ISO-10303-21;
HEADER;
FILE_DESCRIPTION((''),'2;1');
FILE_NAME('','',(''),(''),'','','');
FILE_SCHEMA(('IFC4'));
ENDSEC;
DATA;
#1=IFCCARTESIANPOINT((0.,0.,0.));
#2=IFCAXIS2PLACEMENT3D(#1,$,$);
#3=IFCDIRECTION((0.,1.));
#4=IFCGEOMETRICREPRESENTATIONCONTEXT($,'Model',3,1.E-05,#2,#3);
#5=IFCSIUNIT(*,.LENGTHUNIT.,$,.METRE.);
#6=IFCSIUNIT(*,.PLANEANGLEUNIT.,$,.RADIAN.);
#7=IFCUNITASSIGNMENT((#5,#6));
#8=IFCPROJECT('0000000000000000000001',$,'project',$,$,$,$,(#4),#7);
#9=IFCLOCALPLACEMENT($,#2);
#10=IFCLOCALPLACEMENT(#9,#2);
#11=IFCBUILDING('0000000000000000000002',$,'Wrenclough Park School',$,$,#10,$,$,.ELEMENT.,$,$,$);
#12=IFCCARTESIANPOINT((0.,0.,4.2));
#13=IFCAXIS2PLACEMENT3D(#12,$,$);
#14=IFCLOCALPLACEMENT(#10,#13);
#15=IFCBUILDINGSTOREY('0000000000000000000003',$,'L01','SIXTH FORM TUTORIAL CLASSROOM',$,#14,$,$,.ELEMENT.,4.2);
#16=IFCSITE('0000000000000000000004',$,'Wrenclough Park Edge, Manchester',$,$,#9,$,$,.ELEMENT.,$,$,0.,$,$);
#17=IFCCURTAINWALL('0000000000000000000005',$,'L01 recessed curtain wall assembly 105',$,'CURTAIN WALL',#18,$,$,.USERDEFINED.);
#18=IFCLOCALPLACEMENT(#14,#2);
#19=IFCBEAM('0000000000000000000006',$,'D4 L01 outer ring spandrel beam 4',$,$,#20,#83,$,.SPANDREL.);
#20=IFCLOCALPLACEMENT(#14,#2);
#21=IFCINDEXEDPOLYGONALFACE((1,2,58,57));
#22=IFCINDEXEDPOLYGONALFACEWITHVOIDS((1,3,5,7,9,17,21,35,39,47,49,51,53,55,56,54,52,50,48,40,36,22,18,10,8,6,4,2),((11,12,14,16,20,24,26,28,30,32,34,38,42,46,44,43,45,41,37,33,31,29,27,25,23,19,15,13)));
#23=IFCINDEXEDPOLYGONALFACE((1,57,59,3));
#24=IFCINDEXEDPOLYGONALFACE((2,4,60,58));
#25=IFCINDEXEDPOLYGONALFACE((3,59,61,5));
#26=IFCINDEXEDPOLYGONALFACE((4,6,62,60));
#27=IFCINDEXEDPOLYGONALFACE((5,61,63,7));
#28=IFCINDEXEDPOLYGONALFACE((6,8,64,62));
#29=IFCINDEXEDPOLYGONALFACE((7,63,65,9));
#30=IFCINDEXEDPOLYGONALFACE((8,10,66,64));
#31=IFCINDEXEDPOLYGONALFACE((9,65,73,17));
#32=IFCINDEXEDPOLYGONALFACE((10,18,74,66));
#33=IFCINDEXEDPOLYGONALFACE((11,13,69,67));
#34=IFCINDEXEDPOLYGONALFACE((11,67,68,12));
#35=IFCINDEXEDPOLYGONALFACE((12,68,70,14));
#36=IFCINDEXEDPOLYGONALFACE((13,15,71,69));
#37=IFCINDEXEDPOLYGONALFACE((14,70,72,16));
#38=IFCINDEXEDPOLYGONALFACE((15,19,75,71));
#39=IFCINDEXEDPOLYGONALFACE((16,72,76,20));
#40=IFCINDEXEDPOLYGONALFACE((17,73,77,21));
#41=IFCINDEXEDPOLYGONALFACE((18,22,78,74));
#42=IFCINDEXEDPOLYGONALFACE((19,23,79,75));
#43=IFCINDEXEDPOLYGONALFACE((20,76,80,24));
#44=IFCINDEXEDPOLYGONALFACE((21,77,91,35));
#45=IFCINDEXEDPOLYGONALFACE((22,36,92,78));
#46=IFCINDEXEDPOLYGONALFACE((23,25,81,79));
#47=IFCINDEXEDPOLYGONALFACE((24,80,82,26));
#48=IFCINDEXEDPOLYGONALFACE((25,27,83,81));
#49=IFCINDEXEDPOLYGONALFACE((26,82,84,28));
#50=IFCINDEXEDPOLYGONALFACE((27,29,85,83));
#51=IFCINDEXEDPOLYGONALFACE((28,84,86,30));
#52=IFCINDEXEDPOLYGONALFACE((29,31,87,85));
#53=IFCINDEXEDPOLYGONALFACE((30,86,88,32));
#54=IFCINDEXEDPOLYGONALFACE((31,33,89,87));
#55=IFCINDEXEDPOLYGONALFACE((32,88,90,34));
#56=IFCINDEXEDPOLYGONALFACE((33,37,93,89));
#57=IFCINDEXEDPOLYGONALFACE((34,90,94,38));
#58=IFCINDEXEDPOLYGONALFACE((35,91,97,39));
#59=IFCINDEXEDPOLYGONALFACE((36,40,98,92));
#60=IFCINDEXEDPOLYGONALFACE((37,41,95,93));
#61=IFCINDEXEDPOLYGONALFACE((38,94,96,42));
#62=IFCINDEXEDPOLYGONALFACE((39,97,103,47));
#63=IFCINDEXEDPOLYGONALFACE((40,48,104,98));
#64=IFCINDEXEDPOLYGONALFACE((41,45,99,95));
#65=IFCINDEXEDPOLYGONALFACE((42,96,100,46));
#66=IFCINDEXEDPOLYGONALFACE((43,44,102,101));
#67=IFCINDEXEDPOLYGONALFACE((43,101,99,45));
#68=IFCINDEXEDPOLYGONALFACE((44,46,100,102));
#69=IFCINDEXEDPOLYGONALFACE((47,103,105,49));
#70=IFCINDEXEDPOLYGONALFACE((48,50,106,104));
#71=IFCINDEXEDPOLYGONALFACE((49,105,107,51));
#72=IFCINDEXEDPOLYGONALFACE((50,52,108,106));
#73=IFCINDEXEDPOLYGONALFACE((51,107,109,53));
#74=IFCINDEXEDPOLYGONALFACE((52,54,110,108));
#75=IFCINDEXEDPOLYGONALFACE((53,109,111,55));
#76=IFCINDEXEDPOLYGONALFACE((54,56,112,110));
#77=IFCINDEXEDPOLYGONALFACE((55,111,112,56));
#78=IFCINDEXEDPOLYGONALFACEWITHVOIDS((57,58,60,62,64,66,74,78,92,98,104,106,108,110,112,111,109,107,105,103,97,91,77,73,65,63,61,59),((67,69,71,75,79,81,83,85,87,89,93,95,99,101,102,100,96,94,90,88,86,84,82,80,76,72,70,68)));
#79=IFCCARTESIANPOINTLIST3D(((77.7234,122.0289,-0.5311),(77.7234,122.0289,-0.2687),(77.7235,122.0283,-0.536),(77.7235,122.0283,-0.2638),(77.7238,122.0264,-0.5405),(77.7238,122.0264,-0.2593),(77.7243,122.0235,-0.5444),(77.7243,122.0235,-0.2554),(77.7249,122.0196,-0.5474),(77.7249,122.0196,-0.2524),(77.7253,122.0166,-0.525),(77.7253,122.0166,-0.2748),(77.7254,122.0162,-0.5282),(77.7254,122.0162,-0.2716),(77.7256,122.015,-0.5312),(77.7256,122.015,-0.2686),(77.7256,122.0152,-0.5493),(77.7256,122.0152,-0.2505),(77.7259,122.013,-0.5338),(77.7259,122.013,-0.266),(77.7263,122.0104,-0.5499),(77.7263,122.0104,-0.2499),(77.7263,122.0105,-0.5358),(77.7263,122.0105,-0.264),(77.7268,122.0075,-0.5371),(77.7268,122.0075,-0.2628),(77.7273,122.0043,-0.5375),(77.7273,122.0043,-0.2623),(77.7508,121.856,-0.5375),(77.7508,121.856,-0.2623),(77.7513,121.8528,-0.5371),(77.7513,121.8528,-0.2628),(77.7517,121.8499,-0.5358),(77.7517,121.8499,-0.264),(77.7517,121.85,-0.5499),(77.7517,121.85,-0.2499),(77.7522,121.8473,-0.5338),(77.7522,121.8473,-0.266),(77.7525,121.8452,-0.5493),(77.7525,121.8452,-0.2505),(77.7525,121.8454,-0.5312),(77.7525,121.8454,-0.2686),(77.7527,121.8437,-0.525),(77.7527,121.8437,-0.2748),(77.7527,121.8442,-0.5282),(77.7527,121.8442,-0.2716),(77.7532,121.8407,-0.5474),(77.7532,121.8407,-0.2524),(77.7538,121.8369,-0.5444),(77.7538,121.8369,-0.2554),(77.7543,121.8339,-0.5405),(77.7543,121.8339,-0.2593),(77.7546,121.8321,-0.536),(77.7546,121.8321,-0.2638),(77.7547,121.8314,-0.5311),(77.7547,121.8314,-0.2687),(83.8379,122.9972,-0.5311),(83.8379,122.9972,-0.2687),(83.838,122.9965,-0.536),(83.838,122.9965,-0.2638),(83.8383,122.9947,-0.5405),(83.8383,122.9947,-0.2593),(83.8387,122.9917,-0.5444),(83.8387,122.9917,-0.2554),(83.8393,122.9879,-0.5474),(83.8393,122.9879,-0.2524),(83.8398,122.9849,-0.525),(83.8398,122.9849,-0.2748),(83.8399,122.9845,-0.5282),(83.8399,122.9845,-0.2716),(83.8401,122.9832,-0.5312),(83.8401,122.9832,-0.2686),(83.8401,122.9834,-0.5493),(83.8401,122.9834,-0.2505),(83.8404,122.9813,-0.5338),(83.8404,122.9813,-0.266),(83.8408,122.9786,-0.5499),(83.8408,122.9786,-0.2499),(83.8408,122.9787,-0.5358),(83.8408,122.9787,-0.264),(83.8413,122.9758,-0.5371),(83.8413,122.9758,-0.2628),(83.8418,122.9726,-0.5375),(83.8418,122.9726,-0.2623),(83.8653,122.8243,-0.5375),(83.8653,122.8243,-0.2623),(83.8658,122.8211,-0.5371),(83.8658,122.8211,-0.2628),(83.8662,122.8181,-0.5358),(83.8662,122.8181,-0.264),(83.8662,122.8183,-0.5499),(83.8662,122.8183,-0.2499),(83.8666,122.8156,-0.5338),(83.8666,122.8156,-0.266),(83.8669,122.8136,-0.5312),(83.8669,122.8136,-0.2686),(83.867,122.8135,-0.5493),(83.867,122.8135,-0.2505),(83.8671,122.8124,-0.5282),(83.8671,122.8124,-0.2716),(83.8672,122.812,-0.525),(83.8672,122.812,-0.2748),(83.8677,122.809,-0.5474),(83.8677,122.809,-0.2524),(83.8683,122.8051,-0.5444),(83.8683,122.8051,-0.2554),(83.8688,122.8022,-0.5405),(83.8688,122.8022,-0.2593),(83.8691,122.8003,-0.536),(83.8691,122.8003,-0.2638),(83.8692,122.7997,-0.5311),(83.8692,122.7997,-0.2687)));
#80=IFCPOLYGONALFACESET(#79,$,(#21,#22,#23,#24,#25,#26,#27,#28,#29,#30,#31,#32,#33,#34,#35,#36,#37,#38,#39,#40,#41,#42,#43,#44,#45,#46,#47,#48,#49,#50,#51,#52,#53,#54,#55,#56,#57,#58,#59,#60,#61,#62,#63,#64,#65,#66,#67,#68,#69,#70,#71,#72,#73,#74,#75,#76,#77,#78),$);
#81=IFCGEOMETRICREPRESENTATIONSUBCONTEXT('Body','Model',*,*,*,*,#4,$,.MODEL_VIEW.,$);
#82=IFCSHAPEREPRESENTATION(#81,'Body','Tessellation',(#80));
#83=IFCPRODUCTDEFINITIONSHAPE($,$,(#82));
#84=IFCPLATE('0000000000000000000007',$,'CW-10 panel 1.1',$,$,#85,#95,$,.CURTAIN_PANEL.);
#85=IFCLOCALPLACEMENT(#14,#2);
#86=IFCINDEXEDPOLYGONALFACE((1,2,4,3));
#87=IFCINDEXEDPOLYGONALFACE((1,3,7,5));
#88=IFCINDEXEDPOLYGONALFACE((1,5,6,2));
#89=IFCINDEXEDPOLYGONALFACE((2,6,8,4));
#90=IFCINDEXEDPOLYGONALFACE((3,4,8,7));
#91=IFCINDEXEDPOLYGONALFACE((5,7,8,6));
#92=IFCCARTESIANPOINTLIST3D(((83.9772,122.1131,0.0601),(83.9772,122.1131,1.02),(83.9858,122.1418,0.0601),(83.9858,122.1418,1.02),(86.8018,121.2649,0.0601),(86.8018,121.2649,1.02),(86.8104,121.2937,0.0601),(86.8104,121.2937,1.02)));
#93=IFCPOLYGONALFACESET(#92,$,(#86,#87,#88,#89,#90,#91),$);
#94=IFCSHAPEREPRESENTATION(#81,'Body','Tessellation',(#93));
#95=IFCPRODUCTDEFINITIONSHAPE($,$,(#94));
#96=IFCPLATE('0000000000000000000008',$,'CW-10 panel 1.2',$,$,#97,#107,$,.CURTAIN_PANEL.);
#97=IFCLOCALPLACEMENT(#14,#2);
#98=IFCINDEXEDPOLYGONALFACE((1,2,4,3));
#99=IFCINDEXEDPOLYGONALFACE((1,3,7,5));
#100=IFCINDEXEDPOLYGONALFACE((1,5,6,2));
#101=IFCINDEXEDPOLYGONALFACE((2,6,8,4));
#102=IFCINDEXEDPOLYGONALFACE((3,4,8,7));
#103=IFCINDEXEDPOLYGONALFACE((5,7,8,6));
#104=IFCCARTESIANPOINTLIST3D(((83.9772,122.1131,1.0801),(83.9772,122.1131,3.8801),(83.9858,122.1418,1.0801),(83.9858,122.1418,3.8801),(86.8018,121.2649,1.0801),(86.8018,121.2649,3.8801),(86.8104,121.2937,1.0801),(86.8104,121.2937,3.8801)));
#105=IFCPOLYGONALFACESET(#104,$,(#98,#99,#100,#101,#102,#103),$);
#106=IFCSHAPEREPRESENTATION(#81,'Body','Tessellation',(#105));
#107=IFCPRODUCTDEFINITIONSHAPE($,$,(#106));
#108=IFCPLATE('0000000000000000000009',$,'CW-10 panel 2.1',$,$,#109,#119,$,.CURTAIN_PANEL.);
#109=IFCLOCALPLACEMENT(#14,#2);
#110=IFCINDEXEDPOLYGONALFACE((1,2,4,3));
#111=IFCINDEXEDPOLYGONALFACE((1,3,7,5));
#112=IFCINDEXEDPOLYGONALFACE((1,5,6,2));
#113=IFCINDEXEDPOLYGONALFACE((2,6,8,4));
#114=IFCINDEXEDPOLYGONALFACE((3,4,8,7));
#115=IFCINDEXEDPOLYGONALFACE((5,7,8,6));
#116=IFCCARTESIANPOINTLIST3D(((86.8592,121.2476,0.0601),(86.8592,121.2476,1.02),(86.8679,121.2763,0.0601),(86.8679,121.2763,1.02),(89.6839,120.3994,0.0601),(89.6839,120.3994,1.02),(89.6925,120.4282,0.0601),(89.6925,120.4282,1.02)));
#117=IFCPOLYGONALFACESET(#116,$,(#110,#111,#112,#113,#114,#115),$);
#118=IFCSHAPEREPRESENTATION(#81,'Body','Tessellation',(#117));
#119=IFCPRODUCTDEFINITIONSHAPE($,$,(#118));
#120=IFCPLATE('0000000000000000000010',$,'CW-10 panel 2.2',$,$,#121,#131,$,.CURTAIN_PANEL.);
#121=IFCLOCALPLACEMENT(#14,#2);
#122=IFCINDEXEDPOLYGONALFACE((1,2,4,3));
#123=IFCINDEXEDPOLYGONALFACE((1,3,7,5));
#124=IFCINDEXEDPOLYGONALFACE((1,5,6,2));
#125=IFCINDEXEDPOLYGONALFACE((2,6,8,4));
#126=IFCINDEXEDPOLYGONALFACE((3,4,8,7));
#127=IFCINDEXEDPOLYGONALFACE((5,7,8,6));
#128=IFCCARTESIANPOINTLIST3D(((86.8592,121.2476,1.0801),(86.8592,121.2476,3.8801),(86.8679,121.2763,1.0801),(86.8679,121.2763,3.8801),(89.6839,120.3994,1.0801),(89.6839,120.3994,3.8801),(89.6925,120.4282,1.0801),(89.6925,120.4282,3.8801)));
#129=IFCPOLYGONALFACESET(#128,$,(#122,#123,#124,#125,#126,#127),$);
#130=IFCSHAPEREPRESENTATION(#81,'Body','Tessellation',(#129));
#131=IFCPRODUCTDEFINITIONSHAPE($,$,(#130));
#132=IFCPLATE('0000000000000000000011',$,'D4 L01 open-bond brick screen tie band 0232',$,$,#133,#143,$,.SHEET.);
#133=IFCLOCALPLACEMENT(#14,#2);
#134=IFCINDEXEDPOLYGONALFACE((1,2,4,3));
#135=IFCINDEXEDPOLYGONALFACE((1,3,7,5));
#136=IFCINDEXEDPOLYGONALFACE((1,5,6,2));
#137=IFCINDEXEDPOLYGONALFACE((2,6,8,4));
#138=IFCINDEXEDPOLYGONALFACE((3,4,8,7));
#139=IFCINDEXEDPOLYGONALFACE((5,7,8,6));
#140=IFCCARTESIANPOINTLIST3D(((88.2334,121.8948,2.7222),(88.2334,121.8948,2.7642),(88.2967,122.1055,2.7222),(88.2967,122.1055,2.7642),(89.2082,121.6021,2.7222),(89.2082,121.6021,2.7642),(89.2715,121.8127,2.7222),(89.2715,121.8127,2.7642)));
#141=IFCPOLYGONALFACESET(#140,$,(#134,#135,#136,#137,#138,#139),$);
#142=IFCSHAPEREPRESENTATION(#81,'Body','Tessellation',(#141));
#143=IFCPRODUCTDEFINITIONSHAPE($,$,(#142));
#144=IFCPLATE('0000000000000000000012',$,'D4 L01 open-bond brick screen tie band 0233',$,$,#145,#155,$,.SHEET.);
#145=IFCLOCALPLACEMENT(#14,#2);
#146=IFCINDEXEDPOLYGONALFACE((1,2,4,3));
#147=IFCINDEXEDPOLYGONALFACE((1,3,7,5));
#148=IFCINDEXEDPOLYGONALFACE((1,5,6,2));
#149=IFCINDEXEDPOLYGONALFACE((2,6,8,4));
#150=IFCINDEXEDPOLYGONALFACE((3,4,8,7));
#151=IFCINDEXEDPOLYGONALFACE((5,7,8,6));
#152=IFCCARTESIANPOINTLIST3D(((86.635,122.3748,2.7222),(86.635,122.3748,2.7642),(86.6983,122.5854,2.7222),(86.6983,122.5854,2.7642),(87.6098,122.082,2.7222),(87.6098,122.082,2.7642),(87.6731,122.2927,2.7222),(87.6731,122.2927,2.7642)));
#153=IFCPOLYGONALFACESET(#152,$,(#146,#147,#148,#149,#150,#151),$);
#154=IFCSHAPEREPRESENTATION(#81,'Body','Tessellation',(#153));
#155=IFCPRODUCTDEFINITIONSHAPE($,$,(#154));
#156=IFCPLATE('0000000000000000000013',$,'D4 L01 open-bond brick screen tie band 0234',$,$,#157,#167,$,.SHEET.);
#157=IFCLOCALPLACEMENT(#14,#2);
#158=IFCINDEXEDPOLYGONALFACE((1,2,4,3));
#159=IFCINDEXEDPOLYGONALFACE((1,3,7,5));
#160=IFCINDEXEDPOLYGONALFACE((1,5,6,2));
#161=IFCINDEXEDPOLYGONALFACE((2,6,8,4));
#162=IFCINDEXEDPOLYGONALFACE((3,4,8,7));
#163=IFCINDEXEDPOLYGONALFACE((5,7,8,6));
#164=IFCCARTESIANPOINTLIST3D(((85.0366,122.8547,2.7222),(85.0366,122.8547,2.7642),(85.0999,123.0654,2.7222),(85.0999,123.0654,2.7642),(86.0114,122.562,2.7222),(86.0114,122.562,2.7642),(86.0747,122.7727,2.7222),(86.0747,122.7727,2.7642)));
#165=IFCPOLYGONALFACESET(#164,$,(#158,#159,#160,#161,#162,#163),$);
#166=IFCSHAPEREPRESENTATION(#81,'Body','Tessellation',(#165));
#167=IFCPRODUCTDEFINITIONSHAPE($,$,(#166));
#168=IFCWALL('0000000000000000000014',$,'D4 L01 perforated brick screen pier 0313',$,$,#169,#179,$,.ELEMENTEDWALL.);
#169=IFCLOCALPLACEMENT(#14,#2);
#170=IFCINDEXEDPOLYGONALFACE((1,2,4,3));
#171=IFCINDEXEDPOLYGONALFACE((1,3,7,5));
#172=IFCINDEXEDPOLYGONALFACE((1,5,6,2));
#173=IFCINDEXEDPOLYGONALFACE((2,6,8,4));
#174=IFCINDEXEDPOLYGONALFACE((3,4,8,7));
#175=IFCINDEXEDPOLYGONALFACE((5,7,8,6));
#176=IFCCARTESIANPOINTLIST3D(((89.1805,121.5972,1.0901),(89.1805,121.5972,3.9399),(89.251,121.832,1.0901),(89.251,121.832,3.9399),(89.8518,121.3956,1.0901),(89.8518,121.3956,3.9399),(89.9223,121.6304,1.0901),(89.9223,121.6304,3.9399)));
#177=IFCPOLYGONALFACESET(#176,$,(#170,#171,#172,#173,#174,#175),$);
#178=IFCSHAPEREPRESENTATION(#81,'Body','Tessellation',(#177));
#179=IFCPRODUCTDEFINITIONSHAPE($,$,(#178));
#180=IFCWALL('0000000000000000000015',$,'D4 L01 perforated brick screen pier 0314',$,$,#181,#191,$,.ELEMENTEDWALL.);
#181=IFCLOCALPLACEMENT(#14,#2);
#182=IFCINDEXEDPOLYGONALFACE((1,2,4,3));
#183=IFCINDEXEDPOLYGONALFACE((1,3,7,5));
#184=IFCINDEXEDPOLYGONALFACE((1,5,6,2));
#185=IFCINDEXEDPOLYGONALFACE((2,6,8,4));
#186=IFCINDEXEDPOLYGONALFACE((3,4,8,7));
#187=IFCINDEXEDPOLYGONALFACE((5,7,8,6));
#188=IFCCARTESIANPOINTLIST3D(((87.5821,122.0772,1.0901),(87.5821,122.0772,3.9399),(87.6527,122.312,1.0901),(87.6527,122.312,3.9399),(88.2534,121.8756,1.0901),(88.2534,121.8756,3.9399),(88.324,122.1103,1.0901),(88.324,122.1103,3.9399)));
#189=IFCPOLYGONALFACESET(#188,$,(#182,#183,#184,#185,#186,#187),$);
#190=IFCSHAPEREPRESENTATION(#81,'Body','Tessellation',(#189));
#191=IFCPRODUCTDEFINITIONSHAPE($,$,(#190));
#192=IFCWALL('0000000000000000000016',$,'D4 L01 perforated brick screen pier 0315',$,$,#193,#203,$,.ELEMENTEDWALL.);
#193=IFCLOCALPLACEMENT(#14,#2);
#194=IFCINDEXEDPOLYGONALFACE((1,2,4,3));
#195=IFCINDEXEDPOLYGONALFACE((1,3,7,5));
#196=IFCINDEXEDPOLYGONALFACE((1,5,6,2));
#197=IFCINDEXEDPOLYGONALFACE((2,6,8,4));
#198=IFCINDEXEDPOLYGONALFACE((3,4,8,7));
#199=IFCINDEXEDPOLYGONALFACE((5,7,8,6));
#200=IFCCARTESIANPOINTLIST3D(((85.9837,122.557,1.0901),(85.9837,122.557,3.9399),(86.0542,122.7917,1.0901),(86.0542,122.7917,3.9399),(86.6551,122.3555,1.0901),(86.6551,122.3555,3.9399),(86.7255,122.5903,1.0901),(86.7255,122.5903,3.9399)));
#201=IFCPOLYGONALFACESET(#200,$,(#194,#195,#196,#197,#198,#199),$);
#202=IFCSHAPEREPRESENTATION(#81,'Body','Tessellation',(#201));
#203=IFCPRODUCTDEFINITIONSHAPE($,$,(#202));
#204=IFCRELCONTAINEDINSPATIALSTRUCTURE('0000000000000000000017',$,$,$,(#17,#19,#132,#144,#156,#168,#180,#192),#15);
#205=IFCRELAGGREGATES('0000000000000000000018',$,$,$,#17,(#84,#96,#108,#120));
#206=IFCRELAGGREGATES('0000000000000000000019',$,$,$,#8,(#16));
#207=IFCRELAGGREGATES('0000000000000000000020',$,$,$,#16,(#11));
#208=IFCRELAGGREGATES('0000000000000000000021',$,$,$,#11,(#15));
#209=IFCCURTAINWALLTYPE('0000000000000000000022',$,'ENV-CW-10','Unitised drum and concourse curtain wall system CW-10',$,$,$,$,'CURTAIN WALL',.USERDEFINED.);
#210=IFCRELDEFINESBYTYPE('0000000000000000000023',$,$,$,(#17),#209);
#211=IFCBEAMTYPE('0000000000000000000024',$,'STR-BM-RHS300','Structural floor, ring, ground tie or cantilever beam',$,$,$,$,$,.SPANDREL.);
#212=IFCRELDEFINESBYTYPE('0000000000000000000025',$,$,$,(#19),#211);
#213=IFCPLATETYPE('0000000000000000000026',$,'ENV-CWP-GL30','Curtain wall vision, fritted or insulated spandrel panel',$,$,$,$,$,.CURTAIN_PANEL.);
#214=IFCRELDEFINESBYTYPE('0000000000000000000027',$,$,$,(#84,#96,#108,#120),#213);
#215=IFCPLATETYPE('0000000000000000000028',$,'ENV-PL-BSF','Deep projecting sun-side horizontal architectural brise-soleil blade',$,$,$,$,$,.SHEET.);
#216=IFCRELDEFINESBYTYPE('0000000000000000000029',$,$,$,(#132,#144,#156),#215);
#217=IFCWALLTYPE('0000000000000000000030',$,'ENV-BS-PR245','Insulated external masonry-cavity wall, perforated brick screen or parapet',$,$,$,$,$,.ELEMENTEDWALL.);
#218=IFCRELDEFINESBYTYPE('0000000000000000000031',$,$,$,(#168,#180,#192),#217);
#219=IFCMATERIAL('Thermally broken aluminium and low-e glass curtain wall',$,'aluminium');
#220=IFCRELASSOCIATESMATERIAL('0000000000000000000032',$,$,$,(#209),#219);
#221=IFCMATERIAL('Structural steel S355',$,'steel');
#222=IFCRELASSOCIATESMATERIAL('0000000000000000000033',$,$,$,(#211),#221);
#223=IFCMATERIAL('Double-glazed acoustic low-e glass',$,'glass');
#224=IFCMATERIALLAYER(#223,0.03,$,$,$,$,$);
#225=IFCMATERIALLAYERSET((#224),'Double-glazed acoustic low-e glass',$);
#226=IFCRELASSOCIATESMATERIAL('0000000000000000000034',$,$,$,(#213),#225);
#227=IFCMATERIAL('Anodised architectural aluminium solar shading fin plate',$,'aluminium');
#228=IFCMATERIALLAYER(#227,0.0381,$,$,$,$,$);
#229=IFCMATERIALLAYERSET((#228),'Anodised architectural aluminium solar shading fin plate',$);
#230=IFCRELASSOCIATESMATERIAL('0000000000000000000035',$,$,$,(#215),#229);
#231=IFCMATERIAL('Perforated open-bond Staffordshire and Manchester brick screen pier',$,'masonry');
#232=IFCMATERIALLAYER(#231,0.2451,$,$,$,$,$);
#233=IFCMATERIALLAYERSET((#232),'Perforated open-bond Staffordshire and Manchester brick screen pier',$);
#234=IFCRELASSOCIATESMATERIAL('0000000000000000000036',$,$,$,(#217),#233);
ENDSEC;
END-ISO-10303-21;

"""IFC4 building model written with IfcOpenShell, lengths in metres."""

from ifc_helpers import new_model, si_unit, direction, frame, frame_2d, origin, origin_2d, place, context, subcontext, project, spatial, rectangle, hollow_rectangle, extrude, material, layer, layer_set, material_profile, profile_set, type_object, element, aggregate, save


model = new_model("IFC4")

# Units and contexts
model_context = context("Model", 3, precision=1e-05, world=origin(), true_north=direction((0.0, 1.0)))
body_context = subcontext(model_context, "Body", "Model", "MODEL_VIEW")
ifc_project = project(units=[si_unit("LENGTHUNIT", "METRE"), si_unit("PLANEANGLEUNIT", "RADIAN")], contexts=[model_context])

# Site, building, storey
site_placement = place(None, origin())
site = spatial("IfcSite", under=ifc_project, at=site_placement, Name="Wrenclough Park Edge, Manchester", CompositionType="ELEMENT", RefElevation=0.0)
building_placement = place(site_placement, origin())
building = spatial("IfcBuilding", under=site, at=building_placement, Name="Wrenclough Park School", CompositionType="ELEMENT")
storey_placement = place(building_placement, frame((0.0, 0.0, 4.2)))
storey = spatial("IfcBuildingStorey", under=building, at=storey_placement, Name="L01", Description="SIXTH FORM TUTORIAL CLASSROOM", CompositionType="ELEMENT", Elevation=4.2)

# Shared definitions
ifc_material_1 = material(Name="Structural steel S355", Category="steel")

# Curtain wall
ifc_material_2 = material(Name="Thermally broken aluminium and low-e glass curtain wall", Category="aluminium")
curtain_wall_type_1 = type_object("IfcCurtainWallType", Name="ENV-CW-10", Description="Unitised drum and concourse curtain wall system CW-10", ElementType="CURTAIN WALL", PredefinedType="USERDEFINED", material=ifc_material_2)
curtain_wall_1_placement = place(storey_placement, origin())
curtain_wall_1 = element("IfcCurtainWall", 1, at=curtain_wall_1_placement, inside=storey, type_object=curtain_wall_type_1, Name="L01 recessed curtain wall assembly 105", ObjectType="CURTAIN WALL", PredefinedType="USERDEFINED")

# Beam
ifc_material_profile_1 = material_profile(ifc_material_1, hollow_rectangle(XDim=0.2, YDim=0.3, WallThickness=0.0125, InnerFilletRadius=0.0125, OuterFilletRadius=0.0188, at=origin_2d()), Name="RHS 300x200x12.5")
ifc_profile_set_1 = profile_set([ifc_material_profile_1], Name="Structural steel S355")
beam_type = type_object("IfcBeamType", Name="STR-BM-RHS300", Description="Structural floor, ring, ground tie or cantilever beam", PredefinedType="SPANDREL", material=ifc_profile_set_1)
beam_1_placement = place(storey_placement, frame((83.8535, 122.8984, -0.3999), z_axis=(-0.987693, -0.156406, 0.0), x_axis=(0.156406, -0.987693, 0.0)))
element("IfcBeam", 2, at=beam_1_placement, inside=storey, type_object=beam_type, Name="D4 L01 outer ring spandrel beam 4", PredefinedType="SPANDREL", context=body_context, shape_type="SweptSolid", body=[
    extrude(hollow_rectangle(XDim=0.2, YDim=0.3, WallThickness=0.0125, InnerFilletRadius=0.0125, OuterFilletRadius=0.0188, at=origin_2d()), origin(), (0.0, 0.0, 1.0), 6.1907),
])

# Plates
ifc_material_3 = material(Name="Double-glazed acoustic low-e glass", Category="glass")
ifc_layer_1 = layer(ifc_material_3, 0.03)
ifc_layer_set_1 = layer_set([ifc_layer_1], Name="Double-glazed acoustic low-e glass")
plate_type_1 = type_object("IfcPlateType", Name="ENV-CWP-GL30", Description="Curtain wall vision, fritted or insulated spandrel panel", PredefinedType="CURTAIN_PANEL", material=ifc_layer_set_1)
plate_1_placement = place(storey_placement, frame((85.3938, 121.7034, 0.0601), z_axis=(0.0, 0.0, 1.0), x_axis=(0.957756, -0.287583, 0.0)))
plate_1 = element("IfcPlate", 3, at=plate_1_placement, type_object=plate_type_1, Name="CW-10 panel 1.1", PredefinedType="CURTAIN_PANEL", context=body_context, shape_type="SweptSolid", body=[
    extrude(rectangle(XDim=2.9492, YDim=0.03, at=origin_2d()), origin(), (0.0, 0.0, 1.0), 0.96),
])
plate_2_placement = place(storey_placement, frame((85.3938, 121.7034, 1.0801), z_axis=(0.0, 0.0, 1.0), x_axis=(0.957756, -0.287583, 0.0)))
plate_2 = element("IfcPlate", 4, at=plate_2_placement, type_object=plate_type_1, Name="CW-10 panel 1.2", PredefinedType="CURTAIN_PANEL", context=body_context, shape_type="SweptSolid", body=[
    extrude(rectangle(XDim=2.9492, YDim=0.03, at=origin_2d()), origin(), (0.0, 0.0, 1.0), 2.8),
])
plate_3_placement = place(storey_placement, frame((88.2759, 120.8379, 0.0601), z_axis=(0.0, 0.0, 1.0), x_axis=(0.957756, -0.287583, 0.0)))
plate_3 = element("IfcPlate", 5, at=plate_3_placement, type_object=plate_type_1, Name="CW-10 panel 2.1", PredefinedType="CURTAIN_PANEL", context=body_context, shape_type="SweptSolid", body=[
    extrude(rectangle(XDim=2.9492, YDim=0.03, at=origin_2d()), origin(), (0.0, 0.0, 1.0), 0.96),
])
plate_4_placement = place(storey_placement, frame((88.2759, 120.8379, 1.0801), z_axis=(0.0, 0.0, 1.0), x_axis=(0.957756, -0.287583, 0.0)))
plate_4 = element("IfcPlate", 6, at=plate_4_placement, type_object=plate_type_1, Name="CW-10 panel 2.2", PredefinedType="CURTAIN_PANEL", context=body_context, shape_type="SweptSolid", body=[
    extrude(rectangle(XDim=2.9492, YDim=0.03, at=origin_2d()), origin(), (0.0, 0.0, 1.0), 2.8),
])
aggregate(curtain_wall_1, [plate_1, plate_2, plate_3, plate_4])

# Plates
ifc_material_4 = material(Name="Anodised architectural aluminium solar shading fin plate", Category="aluminium")
ifc_layer_2 = layer(ifc_material_4, 0.0381)
ifc_layer_set_2 = layer_set([ifc_layer_2], Name="Anodised architectural aluminium solar shading fin plate")
plate_type_2 = type_object("IfcPlateType", Name="ENV-PL-BSF", Description="Deep projecting sun-side horizontal architectural brise-soleil blade", PredefinedType="SHEET", material=ifc_layer_set_2)
for number, where, z_axis, x_axis, name in (
    (7, (88.7524, 121.8538, 2.7222), (0.0, 0.0, 1.0), (-0.957751, 0.287598, 0.0), "D4 L01 open-bond brick screen tie band 0232"),
    (8, (87.1541, 122.3337, 2.7222), (0.0, 0.0, 1.0), (-0.957751, 0.287598, 0.0), "D4 L01 open-bond brick screen tie band 0233"),
    (9, (85.5557, 122.8137, 2.7222), (0.0, 0.0, 1.0), (-0.957751, 0.287598, 0.0), "D4 L01 open-bond brick screen tie band 0234"),
):
    element("IfcPlate", number, at=place(storey_placement, frame(where, z_axis=z_axis, x_axis=x_axis)), inside=storey, type_object=plate_type_2, Name=name, PredefinedType="SHEET", context=body_context, shape_type="SweptSolid", body=[
        extrude(rectangle(XDim=1.0178, YDim=0.22, at=origin_2d()), origin(), (0.0, 0.0, 1.0), 0.042),
    ])

# Walls
ifc_material_5 = material(Name="Perforated open-bond Staffordshire and Manchester brick screen pier", Category="masonry")
ifc_layer_3 = layer(ifc_material_5, 0.2451)
ifc_layer_set_3 = layer_set([ifc_layer_3], Name="Perforated open-bond Staffordshire and Manchester brick screen pier")
wall_type_1 = type_object("IfcWallType", Name="ENV-BS-PR245", Description="Insulated external masonry-cavity wall, perforated brick screen or parapet", PredefinedType="ELEMENTEDWALL", material=ifc_layer_set_3)
for number, where, z_axis, x_axis, name in (
    (10, (89.8872, 121.5129, 1.0901), (0.0, 0.0, 1.0), (-0.95773, 0.287667, 0.0), "D4 L01 perforated brick screen pier 0313"),
    (11, (88.2888, 121.9929, 1.0901), (0.0, 0.0, 1.0), (-0.95773, 0.287667, 0.0), "D4 L01 perforated brick screen pier 0314"),
    (12, (86.6904, 122.4729, 1.0901), (0.0, 0.0, 1.0), (-0.957826, 0.287348, 0.0), "D4 L01 perforated brick screen pier 0315"),
):
    element("IfcWall", number, at=place(storey_placement, frame(where, z_axis=z_axis, x_axis=x_axis)), inside=storey, type_object=wall_type_1, Name=name, PredefinedType="ELEMENTEDWALL", context=body_context, shape_type="SweptSolid", body=[
        extrude(rectangle(XDim=0.7009, YDim=0.2451, at=frame_2d((0.3506, 0.0))), origin(), (0.0, 0.0, 1.0), 2.8499),
    ])

save(model, "model.ifc")
